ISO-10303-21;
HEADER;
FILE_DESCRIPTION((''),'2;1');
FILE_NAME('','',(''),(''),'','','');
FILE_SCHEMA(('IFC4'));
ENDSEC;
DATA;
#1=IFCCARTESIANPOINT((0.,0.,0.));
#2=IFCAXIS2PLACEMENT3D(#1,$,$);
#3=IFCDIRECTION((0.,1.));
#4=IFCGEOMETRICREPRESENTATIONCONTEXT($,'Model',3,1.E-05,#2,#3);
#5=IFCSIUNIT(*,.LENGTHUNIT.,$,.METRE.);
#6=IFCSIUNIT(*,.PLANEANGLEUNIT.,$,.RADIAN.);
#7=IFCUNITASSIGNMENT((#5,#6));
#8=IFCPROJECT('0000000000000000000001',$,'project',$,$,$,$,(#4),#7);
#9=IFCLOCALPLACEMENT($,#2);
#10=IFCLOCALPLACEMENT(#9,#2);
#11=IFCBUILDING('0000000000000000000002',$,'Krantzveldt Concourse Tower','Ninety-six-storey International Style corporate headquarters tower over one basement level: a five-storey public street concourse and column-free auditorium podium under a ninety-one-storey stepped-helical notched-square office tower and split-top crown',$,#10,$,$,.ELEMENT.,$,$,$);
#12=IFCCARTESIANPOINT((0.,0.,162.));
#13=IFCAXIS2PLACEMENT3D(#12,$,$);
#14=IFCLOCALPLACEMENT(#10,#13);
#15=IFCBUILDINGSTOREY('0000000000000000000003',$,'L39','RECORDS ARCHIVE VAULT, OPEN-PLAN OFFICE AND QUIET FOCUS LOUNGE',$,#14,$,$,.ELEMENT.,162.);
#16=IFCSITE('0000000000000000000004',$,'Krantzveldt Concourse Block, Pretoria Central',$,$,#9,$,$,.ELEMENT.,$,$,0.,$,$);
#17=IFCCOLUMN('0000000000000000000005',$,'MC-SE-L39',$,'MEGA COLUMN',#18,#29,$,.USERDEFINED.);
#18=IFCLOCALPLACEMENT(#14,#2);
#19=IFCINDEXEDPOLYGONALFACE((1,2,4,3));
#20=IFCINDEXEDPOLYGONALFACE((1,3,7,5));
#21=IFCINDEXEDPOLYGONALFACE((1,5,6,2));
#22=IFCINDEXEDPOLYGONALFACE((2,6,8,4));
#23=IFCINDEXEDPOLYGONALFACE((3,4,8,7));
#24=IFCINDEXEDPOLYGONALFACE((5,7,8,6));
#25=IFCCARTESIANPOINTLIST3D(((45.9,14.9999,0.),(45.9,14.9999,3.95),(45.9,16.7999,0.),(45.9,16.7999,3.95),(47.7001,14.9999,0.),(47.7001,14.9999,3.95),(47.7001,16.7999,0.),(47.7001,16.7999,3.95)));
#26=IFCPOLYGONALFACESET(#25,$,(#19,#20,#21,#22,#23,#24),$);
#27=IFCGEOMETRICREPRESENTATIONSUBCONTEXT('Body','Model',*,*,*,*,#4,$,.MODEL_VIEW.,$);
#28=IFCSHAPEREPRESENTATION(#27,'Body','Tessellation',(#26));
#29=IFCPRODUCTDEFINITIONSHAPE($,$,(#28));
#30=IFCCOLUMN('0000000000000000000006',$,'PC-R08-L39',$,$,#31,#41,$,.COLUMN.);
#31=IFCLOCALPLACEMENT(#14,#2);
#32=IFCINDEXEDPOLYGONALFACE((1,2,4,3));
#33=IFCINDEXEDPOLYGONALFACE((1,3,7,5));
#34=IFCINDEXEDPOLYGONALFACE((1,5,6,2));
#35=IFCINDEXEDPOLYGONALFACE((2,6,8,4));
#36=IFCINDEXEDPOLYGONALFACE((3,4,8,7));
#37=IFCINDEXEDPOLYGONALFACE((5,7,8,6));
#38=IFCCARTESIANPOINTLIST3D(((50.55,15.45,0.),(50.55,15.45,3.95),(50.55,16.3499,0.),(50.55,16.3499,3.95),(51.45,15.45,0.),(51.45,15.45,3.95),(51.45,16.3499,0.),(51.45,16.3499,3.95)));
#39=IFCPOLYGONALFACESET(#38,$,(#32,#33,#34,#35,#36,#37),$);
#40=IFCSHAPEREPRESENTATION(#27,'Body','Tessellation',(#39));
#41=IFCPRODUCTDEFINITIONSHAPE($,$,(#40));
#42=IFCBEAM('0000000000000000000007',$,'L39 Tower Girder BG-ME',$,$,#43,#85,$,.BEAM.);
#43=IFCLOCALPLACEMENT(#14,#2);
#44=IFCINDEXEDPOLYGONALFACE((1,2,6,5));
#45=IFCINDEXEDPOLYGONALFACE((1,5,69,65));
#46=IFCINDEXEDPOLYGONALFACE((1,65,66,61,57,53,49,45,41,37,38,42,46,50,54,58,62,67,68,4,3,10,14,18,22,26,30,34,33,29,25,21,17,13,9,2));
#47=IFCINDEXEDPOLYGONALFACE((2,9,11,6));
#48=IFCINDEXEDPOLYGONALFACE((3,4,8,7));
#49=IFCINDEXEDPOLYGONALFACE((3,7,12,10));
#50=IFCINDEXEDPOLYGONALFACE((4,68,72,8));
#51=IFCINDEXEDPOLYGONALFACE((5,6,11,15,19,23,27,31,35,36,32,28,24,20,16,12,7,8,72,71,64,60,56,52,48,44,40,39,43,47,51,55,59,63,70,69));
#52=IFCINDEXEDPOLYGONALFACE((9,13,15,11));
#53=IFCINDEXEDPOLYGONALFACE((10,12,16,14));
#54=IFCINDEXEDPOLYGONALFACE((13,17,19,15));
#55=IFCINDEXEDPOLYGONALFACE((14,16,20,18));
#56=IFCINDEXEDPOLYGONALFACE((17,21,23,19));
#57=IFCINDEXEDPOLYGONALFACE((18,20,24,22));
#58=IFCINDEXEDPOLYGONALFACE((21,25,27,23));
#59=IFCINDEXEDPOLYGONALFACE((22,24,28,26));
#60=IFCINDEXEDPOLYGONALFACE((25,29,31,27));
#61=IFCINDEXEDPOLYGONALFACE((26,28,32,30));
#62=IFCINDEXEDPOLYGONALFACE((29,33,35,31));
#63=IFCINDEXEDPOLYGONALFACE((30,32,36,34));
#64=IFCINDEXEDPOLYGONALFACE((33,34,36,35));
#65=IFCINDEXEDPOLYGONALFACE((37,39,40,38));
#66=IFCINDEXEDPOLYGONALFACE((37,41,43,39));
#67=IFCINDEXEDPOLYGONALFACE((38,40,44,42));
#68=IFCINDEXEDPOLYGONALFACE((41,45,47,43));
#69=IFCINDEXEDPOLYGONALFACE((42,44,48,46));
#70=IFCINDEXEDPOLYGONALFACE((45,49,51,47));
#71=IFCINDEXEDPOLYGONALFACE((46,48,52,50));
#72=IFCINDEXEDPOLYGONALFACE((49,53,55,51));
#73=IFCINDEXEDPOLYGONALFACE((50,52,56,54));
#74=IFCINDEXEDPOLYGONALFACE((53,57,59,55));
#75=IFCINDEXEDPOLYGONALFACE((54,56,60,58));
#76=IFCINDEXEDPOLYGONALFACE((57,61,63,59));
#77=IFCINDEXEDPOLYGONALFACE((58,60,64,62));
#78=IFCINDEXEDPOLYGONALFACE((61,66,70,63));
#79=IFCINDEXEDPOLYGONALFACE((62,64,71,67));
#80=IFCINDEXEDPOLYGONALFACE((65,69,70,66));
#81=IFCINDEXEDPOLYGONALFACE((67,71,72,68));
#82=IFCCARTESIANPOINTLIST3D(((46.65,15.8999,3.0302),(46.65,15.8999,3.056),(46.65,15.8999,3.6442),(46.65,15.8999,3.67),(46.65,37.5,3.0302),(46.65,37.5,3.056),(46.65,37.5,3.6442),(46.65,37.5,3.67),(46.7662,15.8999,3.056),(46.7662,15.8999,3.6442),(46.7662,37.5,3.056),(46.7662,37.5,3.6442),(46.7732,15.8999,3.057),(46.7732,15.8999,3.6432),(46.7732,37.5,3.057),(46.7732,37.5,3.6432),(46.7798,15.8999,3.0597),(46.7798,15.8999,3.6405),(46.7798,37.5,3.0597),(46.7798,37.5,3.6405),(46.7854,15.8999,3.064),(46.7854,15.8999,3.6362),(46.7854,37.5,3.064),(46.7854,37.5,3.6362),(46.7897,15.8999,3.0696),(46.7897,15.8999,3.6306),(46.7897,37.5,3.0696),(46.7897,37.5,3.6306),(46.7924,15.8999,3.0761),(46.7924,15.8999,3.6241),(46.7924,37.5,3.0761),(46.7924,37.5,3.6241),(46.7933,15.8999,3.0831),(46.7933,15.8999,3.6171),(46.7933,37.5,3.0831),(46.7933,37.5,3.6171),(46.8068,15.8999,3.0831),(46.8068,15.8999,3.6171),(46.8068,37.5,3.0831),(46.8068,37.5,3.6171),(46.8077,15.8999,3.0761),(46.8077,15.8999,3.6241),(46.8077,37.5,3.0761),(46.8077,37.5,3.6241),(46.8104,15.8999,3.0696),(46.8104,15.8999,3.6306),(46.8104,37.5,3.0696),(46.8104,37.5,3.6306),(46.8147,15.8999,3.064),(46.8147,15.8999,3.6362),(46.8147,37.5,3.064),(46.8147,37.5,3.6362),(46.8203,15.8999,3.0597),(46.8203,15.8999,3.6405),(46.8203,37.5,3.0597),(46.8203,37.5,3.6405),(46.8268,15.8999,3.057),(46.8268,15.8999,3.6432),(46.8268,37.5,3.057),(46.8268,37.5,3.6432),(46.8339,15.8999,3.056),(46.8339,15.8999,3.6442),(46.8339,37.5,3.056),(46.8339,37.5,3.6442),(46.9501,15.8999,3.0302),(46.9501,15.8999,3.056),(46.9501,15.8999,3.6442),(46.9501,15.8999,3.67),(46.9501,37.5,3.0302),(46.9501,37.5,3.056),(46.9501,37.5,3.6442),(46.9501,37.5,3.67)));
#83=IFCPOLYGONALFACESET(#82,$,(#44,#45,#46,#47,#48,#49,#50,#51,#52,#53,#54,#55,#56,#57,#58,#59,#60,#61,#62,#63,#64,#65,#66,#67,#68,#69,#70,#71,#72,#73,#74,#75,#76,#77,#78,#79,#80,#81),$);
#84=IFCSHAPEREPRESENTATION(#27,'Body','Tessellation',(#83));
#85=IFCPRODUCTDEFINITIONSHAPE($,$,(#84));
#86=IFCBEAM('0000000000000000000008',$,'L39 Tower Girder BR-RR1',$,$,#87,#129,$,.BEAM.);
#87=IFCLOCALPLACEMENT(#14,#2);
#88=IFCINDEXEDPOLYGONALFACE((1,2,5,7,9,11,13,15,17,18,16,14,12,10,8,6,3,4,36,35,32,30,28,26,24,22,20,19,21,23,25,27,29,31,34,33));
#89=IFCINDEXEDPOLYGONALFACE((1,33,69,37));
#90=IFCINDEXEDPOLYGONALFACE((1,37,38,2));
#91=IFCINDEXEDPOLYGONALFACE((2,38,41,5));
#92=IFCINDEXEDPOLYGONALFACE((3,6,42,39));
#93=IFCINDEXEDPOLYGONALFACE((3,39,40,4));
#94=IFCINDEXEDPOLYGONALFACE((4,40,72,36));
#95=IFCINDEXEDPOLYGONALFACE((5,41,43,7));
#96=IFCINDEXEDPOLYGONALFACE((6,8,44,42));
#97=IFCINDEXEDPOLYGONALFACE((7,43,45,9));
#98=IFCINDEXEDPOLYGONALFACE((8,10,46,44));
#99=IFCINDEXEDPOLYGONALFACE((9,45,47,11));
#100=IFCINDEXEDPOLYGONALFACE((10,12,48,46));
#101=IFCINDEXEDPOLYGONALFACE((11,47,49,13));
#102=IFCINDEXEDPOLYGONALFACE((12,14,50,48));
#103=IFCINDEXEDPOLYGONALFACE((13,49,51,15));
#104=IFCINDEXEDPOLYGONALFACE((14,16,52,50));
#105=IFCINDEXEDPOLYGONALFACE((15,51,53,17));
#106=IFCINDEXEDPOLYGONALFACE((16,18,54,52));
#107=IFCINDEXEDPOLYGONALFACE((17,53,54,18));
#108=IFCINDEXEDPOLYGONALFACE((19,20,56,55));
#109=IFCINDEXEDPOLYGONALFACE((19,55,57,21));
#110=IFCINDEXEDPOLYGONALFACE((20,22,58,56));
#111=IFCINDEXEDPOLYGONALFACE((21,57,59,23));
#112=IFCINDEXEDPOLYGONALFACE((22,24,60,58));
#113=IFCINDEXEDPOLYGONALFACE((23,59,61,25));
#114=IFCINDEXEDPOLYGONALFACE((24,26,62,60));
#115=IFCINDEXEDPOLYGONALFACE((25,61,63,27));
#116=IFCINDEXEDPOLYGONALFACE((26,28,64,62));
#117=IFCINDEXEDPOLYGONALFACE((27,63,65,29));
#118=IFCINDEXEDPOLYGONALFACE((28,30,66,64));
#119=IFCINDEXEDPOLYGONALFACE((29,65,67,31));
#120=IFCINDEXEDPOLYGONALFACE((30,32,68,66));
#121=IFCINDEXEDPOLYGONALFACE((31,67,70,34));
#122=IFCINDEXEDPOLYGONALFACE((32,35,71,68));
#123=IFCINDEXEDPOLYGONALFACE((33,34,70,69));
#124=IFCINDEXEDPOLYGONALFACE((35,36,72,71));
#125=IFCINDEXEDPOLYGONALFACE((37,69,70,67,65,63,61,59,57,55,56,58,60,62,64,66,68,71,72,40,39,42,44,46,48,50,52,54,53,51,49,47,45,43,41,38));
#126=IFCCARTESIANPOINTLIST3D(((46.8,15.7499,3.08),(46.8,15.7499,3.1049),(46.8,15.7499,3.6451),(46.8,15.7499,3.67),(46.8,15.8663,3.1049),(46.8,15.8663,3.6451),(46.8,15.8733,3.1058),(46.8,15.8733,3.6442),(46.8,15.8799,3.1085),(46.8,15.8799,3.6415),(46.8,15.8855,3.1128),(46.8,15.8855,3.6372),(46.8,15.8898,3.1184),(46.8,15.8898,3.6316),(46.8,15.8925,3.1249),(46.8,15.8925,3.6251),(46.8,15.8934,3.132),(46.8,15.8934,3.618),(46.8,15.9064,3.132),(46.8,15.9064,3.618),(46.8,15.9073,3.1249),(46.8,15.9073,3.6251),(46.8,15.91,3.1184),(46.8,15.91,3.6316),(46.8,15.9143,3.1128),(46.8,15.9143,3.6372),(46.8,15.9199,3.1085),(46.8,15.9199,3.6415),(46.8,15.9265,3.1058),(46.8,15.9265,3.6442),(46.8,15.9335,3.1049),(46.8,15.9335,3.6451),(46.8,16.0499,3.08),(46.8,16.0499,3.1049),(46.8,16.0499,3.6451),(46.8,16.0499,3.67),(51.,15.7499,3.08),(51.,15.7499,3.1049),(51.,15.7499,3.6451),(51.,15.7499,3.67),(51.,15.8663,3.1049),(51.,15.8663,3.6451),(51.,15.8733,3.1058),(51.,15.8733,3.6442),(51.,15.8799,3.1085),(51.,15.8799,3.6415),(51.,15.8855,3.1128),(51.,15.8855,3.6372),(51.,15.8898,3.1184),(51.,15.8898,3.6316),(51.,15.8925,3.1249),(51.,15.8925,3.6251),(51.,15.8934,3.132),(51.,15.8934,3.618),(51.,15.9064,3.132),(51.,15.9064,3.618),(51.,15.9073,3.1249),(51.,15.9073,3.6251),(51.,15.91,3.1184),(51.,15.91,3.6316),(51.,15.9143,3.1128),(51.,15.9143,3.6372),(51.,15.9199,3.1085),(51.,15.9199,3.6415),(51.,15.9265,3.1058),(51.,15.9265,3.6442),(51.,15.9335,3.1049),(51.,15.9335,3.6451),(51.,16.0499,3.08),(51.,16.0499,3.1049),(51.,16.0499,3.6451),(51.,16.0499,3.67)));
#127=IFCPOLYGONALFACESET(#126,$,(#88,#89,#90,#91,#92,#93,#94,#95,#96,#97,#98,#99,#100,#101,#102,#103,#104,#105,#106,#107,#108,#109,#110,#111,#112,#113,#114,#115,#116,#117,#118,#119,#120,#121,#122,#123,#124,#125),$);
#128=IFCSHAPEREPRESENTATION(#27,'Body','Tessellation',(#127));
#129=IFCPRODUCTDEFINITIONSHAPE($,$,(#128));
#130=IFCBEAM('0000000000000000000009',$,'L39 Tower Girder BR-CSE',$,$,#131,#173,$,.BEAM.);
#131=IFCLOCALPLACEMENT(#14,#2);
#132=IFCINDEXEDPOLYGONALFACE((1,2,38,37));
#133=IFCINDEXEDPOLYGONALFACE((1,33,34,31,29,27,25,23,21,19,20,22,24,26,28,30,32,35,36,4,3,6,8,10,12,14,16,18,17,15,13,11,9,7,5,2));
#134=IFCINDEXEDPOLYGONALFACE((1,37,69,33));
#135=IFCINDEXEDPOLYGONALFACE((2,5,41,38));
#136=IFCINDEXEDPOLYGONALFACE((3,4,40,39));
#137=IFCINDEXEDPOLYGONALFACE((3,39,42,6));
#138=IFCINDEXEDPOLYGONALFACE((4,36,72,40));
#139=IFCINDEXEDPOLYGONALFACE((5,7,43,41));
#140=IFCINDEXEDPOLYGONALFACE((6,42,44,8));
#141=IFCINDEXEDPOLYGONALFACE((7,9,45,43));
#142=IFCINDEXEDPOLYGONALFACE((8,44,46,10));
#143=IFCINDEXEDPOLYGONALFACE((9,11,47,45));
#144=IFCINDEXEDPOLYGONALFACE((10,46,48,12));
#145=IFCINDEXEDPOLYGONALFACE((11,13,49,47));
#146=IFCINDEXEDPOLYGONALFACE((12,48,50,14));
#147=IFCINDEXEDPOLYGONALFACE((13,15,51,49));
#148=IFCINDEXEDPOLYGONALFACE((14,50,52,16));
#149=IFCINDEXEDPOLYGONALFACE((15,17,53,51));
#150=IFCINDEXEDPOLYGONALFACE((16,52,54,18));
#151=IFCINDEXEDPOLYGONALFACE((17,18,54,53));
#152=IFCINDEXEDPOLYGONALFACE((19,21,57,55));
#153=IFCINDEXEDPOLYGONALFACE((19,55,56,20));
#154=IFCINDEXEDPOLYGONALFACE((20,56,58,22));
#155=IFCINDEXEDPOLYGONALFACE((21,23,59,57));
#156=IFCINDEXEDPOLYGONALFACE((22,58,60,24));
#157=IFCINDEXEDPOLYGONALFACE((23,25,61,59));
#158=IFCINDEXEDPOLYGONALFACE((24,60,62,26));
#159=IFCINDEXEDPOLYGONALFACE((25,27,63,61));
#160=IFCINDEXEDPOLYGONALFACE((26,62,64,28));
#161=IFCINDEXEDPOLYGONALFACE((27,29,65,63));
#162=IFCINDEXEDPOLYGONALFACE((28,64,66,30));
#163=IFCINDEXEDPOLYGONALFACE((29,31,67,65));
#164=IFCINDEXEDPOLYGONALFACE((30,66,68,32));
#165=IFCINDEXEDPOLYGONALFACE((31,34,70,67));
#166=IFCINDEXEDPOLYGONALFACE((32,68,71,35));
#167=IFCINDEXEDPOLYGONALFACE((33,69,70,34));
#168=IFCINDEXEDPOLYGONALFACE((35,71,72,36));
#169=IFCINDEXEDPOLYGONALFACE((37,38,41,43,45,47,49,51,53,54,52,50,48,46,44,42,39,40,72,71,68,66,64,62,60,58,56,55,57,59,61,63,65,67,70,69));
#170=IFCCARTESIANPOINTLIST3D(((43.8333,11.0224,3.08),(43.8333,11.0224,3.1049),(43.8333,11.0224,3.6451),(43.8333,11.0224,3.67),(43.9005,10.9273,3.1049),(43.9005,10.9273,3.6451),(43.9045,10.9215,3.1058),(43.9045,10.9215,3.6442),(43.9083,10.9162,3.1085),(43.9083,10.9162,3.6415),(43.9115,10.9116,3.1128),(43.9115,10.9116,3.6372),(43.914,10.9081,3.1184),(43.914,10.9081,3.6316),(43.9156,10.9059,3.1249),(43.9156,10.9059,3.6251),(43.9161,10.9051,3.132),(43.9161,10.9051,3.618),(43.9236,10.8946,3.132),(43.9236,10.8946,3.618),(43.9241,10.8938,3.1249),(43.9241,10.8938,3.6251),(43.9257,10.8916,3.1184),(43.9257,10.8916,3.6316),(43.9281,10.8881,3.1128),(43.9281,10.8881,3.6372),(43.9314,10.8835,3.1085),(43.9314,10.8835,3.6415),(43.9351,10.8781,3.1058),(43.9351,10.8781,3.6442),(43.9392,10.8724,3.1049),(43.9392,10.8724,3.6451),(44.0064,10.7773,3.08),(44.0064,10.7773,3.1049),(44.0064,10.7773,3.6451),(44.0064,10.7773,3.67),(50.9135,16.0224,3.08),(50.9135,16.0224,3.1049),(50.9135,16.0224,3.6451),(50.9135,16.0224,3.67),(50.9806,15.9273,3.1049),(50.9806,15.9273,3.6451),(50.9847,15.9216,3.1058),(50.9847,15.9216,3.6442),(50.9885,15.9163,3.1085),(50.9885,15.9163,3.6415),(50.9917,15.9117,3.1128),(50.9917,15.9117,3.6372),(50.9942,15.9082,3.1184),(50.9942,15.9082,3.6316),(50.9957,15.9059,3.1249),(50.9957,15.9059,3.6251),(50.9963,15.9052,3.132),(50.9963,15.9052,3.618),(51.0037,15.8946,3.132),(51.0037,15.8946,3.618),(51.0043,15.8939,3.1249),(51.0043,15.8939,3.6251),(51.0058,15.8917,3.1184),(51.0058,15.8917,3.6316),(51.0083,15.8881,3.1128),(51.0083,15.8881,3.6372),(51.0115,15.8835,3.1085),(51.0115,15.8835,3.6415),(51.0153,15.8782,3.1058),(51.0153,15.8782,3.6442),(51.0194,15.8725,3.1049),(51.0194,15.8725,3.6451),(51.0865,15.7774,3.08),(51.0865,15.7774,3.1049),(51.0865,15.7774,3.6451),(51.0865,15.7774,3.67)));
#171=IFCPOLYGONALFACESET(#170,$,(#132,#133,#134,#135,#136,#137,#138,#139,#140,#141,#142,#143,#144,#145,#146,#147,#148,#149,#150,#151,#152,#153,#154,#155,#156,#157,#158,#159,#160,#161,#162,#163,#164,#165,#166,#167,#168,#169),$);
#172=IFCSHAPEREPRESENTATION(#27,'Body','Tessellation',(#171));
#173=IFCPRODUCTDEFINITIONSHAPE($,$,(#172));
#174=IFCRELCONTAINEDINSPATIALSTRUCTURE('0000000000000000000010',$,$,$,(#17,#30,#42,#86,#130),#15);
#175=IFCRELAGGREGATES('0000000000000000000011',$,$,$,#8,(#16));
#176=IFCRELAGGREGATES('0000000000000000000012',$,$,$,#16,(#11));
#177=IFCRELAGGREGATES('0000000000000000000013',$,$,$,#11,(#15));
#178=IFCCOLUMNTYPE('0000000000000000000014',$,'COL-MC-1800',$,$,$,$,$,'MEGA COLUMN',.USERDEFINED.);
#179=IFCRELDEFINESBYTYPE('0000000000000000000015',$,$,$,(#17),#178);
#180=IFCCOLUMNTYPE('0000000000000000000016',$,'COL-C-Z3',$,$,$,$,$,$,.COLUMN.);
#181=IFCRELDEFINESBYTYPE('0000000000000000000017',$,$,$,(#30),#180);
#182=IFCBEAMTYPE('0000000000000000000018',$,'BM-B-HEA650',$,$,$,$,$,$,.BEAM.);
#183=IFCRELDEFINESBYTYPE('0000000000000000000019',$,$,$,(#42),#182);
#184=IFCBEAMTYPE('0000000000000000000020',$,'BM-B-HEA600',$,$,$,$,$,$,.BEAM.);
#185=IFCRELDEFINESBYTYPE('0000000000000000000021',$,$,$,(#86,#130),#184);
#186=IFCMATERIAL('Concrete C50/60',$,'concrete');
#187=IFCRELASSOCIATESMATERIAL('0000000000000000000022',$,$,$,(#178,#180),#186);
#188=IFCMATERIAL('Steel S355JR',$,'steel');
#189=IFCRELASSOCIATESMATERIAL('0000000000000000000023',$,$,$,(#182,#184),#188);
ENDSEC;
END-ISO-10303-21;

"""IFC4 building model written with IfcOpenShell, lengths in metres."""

from ifc_helpers import new_model, si_unit, direction, frame, origin, origin_2d, place, context, subcontext, project, spatial, rectangle, i_section, extrude, source, transform, mapped, material, material_profile, profile_set, type_object, type_shapes, element, save


model = new_model("IFC4")

# Units and contexts
model_context = context("Model", 3, precision=1e-05, world=origin(), true_north=direction((0.0, 1.0)))
body_context = subcontext(model_context, "Body", "Model", "MODEL_VIEW")
ifc_project = project(units=[si_unit("LENGTHUNIT", "METRE"), si_unit("PLANEANGLEUNIT", "RADIAN")], contexts=[model_context])

# Site, building, storey
site_placement = place(None, origin())
site = spatial("IfcSite", under=ifc_project, at=site_placement, Name="Krantzveldt Concourse Block, Pretoria Central", CompositionType="ELEMENT", RefElevation=0.0)
building_placement = place(site_placement, origin())
building = spatial("IfcBuilding", under=site, at=building_placement, Name="Krantzveldt Concourse Tower", Description="Ninety-six-storey International Style corporate headquarters tower over one basement level: a five-storey public street concourse and column-free auditorium podium under a ninety-one-storey stepped-helical notched-square office tower and split-top crown", CompositionType="ELEMENT")
storey_placement = place(building_placement, frame((0.0, 0.0, 162.0)))
storey = spatial("IfcBuildingStorey", under=building, at=storey_placement, Name="L39", Description="RECORDS ARCHIVE VAULT, OPEN-PLAN OFFICE AND QUIET FOCUS LOUNGE", CompositionType="ELEMENT", Elevation=162.0)

# Columns
ifc_material_1 = material(Name="Concrete C50/60", Category="concrete")
ifc_material_profile_1 = material_profile(ifc_material_1, rectangle(XDim=1.8, YDim=1.8, at=origin_2d()), Name="Concrete C50/60", Category="concrete")
ifc_profile_set_1 = profile_set([ifc_material_profile_1], Name="Concrete C50/60 - RC 1800x1800")
column_type_1 = type_object("IfcColumnType", Name="COL-MC-1800", ElementType="MEGA COLUMN", PredefinedType="USERDEFINED", material=ifc_profile_set_1)
shared_shape_1 = source(origin(), body_context, "Body", "SweptSolid", [
    extrude(rectangle(XDim=1.8, YDim=1.8, at=origin_2d()), origin(), (0.0, 0.0, 1.0), 3.95),
])
type_shapes(column_type_1, [shared_shape_1])
column_1_placement = place(storey_placement, frame((46.8, 15.8999, 0.0), z_axis=(0.0, 0.0, 1.0), x_axis=(1.0, 0.0, 0.0)))
element("IfcColumn", 1, at=column_1_placement, inside=storey, type_object=column_type_1, Name="MC-SE-L39", ObjectType="MEGA COLUMN", PredefinedType="USERDEFINED", context=body_context, shape_type="MappedRepresentation", body=[
    mapped(shared_shape_1, transform((0.0, 0.0, 0.0), x_axis=(1.0, 0.0, 0.0), y_axis=(0.0, 1.0, 0.0), z_axis=(0.0, 0.0, 1.0), scale=1.0)),
])
ifc_material_profile_2 = material_profile(ifc_material_1, rectangle(XDim=0.8999, YDim=0.8999, at=origin_2d()), Name="Concrete C50/60", Category="concrete")
ifc_profile_set_2 = profile_set([ifc_material_profile_2], Name="Concrete C50/60 - RC 900x900")
column_type_2 = type_object("IfcColumnType", Name="COL-C-Z3", PredefinedType="COLUMN", material=ifc_profile_set_2)
shared_shape_2 = source(origin(), body_context, "Body", "SweptSolid", [
    extrude(rectangle(XDim=0.8999, YDim=0.8999, at=origin_2d()), origin(), (0.0, 0.0, 1.0), 3.95),
])
type_shapes(column_type_2, [shared_shape_2])
column_2_placement = place(storey_placement, frame((51.0, 15.8999, 0.0), z_axis=(0.0, 0.0, 1.0), x_axis=(1.0, 0.0, 0.0)))
element("IfcColumn", 2, at=column_2_placement, inside=storey, type_object=column_type_2, Name="PC-R08-L39", PredefinedType="COLUMN", context=body_context, shape_type="MappedRepresentation", body=[
    mapped(shared_shape_2, transform((0.0, 0.0, 0.0), x_axis=(1.0, 0.0, 0.0), y_axis=(0.0, 1.0, 0.0), z_axis=(0.0, 0.0, 1.0), scale=1.0)),
])

# Beams
ifc_material_2 = material(Name="Steel S355JR", Category="steel")
ifc_material_profile_3 = material_profile(ifc_material_2, i_section(OverallWidth=0.3, OverallDepth=0.6399, WebThickness=0.0134, FlangeThickness=0.0259, FilletRadius=0.0271, at=origin_2d()), Name="Steel S355JR", Category="steel")
ifc_profile_set_3 = profile_set([ifc_material_profile_3], Name="Steel S355JR - HEA 650")
beam_type_1 = type_object("IfcBeamType", Name="BM-B-HEA650", PredefinedType="BEAM", material=ifc_profile_set_3)
shared_shape_3 = source(origin(), body_context, "Body", "SweptSolid", [
    extrude(i_section(OverallWidth=0.3, OverallDepth=0.6399, WebThickness=0.0134, FlangeThickness=0.0259, FilletRadius=0.0271, at=origin_2d()), origin(), (0.0, 0.0, 1.0), 21.6001),
])
beam_1_placement = place(storey_placement, frame((46.8, 15.8999, 3.3501), z_axis=(0.0, 1.0, 0.0), x_axis=(-1.0, 0.0, 0.0)))
element("IfcBeam", 3, at=beam_1_placement, inside=storey, type_object=beam_type_1, Name="L39 Tower Girder BG-ME", PredefinedType="BEAM", context=body_context, shape_type="MappedRepresentation", body=[
    mapped(shared_shape_3, transform((0.0, 0.0, 0.0), x_axis=(1.0, 0.0, 0.0), y_axis=(0.0, 1.0, 0.0), z_axis=(0.0, 0.0, 1.0), scale=1.0)),
])
ifc_material_profile_4 = material_profile(ifc_material_2, i_section(OverallWidth=0.3, OverallDepth=0.5901, WebThickness=0.0129, FlangeThickness=0.0249, FilletRadius=0.0271, at=origin_2d()), Name="Steel S355JR", Category="steel")
ifc_profile_set_4 = profile_set([ifc_material_profile_4], Name="Steel S355JR - HEA 600")
beam_type_2 = type_object("IfcBeamType", Name="BM-B-HEA600", PredefinedType="BEAM", material=ifc_profile_set_4)
shared_shape_4 = source(origin(), body_context, "Body", "SweptSolid", [
    extrude(i_section(OverallWidth=0.3, OverallDepth=0.5901, WebThickness=0.0129, FlangeThickness=0.0249, FilletRadius=0.0271, at=origin_2d()), origin(), (0.0, 0.0, 1.0), 4.2),
])
beam_2_placement = place(storey_placement, frame((46.8, 15.8999, 3.375), z_axis=(1.0, 0.0, 0.0), x_axis=(0.0, 1.0, 0.0)))
element("IfcBeam", 4, at=beam_2_placement, inside=storey, type_object=beam_type_2, Name="L39 Tower Girder BR-RR1", PredefinedType="BEAM", context=body_context, shape_type="MappedRepresentation", body=[
    mapped(shared_shape_4, transform((0.0, 0.0, 0.0), x_axis=(1.0, 0.0, 0.0), y_axis=(0.0, 1.0, 0.0), z_axis=(0.0, 0.0, 1.0), scale=1.0)),
])
shared_shape_5 = source(origin(), body_context, "Body", "SweptSolid", [
    extrude(i_section(OverallWidth=0.3, OverallDepth=0.5901, WebThickness=0.0129, FlangeThickness=0.0249, FilletRadius=0.0271, at=origin_2d()), origin(), (0.0, 0.0, 1.0), 8.6677),
])
type_shapes(beam_type_2, [shared_shape_4, shared_shape_5])
beam_3_placement = place(storey_placement, frame((51.0, 15.8999, 3.375), z_axis=(-0.816843, -0.57686, 0.0), x_axis=(0.57686, -0.816843, 0.0)))
element("IfcBeam", 5, at=beam_3_placement, inside=storey, type_object=beam_type_2, Name="L39 Tower Girder BR-CSE", PredefinedType="BEAM", context=body_context, shape_type="MappedRepresentation", body=[
    mapped(shared_shape_5, transform((0.0, 0.0, 0.0), x_axis=(1.0, 0.0, 0.0), y_axis=(0.0, 1.0, 0.0), z_axis=(0.0, 0.0, 1.0), scale=1.0)),
])

save(model, "model.ifc")
